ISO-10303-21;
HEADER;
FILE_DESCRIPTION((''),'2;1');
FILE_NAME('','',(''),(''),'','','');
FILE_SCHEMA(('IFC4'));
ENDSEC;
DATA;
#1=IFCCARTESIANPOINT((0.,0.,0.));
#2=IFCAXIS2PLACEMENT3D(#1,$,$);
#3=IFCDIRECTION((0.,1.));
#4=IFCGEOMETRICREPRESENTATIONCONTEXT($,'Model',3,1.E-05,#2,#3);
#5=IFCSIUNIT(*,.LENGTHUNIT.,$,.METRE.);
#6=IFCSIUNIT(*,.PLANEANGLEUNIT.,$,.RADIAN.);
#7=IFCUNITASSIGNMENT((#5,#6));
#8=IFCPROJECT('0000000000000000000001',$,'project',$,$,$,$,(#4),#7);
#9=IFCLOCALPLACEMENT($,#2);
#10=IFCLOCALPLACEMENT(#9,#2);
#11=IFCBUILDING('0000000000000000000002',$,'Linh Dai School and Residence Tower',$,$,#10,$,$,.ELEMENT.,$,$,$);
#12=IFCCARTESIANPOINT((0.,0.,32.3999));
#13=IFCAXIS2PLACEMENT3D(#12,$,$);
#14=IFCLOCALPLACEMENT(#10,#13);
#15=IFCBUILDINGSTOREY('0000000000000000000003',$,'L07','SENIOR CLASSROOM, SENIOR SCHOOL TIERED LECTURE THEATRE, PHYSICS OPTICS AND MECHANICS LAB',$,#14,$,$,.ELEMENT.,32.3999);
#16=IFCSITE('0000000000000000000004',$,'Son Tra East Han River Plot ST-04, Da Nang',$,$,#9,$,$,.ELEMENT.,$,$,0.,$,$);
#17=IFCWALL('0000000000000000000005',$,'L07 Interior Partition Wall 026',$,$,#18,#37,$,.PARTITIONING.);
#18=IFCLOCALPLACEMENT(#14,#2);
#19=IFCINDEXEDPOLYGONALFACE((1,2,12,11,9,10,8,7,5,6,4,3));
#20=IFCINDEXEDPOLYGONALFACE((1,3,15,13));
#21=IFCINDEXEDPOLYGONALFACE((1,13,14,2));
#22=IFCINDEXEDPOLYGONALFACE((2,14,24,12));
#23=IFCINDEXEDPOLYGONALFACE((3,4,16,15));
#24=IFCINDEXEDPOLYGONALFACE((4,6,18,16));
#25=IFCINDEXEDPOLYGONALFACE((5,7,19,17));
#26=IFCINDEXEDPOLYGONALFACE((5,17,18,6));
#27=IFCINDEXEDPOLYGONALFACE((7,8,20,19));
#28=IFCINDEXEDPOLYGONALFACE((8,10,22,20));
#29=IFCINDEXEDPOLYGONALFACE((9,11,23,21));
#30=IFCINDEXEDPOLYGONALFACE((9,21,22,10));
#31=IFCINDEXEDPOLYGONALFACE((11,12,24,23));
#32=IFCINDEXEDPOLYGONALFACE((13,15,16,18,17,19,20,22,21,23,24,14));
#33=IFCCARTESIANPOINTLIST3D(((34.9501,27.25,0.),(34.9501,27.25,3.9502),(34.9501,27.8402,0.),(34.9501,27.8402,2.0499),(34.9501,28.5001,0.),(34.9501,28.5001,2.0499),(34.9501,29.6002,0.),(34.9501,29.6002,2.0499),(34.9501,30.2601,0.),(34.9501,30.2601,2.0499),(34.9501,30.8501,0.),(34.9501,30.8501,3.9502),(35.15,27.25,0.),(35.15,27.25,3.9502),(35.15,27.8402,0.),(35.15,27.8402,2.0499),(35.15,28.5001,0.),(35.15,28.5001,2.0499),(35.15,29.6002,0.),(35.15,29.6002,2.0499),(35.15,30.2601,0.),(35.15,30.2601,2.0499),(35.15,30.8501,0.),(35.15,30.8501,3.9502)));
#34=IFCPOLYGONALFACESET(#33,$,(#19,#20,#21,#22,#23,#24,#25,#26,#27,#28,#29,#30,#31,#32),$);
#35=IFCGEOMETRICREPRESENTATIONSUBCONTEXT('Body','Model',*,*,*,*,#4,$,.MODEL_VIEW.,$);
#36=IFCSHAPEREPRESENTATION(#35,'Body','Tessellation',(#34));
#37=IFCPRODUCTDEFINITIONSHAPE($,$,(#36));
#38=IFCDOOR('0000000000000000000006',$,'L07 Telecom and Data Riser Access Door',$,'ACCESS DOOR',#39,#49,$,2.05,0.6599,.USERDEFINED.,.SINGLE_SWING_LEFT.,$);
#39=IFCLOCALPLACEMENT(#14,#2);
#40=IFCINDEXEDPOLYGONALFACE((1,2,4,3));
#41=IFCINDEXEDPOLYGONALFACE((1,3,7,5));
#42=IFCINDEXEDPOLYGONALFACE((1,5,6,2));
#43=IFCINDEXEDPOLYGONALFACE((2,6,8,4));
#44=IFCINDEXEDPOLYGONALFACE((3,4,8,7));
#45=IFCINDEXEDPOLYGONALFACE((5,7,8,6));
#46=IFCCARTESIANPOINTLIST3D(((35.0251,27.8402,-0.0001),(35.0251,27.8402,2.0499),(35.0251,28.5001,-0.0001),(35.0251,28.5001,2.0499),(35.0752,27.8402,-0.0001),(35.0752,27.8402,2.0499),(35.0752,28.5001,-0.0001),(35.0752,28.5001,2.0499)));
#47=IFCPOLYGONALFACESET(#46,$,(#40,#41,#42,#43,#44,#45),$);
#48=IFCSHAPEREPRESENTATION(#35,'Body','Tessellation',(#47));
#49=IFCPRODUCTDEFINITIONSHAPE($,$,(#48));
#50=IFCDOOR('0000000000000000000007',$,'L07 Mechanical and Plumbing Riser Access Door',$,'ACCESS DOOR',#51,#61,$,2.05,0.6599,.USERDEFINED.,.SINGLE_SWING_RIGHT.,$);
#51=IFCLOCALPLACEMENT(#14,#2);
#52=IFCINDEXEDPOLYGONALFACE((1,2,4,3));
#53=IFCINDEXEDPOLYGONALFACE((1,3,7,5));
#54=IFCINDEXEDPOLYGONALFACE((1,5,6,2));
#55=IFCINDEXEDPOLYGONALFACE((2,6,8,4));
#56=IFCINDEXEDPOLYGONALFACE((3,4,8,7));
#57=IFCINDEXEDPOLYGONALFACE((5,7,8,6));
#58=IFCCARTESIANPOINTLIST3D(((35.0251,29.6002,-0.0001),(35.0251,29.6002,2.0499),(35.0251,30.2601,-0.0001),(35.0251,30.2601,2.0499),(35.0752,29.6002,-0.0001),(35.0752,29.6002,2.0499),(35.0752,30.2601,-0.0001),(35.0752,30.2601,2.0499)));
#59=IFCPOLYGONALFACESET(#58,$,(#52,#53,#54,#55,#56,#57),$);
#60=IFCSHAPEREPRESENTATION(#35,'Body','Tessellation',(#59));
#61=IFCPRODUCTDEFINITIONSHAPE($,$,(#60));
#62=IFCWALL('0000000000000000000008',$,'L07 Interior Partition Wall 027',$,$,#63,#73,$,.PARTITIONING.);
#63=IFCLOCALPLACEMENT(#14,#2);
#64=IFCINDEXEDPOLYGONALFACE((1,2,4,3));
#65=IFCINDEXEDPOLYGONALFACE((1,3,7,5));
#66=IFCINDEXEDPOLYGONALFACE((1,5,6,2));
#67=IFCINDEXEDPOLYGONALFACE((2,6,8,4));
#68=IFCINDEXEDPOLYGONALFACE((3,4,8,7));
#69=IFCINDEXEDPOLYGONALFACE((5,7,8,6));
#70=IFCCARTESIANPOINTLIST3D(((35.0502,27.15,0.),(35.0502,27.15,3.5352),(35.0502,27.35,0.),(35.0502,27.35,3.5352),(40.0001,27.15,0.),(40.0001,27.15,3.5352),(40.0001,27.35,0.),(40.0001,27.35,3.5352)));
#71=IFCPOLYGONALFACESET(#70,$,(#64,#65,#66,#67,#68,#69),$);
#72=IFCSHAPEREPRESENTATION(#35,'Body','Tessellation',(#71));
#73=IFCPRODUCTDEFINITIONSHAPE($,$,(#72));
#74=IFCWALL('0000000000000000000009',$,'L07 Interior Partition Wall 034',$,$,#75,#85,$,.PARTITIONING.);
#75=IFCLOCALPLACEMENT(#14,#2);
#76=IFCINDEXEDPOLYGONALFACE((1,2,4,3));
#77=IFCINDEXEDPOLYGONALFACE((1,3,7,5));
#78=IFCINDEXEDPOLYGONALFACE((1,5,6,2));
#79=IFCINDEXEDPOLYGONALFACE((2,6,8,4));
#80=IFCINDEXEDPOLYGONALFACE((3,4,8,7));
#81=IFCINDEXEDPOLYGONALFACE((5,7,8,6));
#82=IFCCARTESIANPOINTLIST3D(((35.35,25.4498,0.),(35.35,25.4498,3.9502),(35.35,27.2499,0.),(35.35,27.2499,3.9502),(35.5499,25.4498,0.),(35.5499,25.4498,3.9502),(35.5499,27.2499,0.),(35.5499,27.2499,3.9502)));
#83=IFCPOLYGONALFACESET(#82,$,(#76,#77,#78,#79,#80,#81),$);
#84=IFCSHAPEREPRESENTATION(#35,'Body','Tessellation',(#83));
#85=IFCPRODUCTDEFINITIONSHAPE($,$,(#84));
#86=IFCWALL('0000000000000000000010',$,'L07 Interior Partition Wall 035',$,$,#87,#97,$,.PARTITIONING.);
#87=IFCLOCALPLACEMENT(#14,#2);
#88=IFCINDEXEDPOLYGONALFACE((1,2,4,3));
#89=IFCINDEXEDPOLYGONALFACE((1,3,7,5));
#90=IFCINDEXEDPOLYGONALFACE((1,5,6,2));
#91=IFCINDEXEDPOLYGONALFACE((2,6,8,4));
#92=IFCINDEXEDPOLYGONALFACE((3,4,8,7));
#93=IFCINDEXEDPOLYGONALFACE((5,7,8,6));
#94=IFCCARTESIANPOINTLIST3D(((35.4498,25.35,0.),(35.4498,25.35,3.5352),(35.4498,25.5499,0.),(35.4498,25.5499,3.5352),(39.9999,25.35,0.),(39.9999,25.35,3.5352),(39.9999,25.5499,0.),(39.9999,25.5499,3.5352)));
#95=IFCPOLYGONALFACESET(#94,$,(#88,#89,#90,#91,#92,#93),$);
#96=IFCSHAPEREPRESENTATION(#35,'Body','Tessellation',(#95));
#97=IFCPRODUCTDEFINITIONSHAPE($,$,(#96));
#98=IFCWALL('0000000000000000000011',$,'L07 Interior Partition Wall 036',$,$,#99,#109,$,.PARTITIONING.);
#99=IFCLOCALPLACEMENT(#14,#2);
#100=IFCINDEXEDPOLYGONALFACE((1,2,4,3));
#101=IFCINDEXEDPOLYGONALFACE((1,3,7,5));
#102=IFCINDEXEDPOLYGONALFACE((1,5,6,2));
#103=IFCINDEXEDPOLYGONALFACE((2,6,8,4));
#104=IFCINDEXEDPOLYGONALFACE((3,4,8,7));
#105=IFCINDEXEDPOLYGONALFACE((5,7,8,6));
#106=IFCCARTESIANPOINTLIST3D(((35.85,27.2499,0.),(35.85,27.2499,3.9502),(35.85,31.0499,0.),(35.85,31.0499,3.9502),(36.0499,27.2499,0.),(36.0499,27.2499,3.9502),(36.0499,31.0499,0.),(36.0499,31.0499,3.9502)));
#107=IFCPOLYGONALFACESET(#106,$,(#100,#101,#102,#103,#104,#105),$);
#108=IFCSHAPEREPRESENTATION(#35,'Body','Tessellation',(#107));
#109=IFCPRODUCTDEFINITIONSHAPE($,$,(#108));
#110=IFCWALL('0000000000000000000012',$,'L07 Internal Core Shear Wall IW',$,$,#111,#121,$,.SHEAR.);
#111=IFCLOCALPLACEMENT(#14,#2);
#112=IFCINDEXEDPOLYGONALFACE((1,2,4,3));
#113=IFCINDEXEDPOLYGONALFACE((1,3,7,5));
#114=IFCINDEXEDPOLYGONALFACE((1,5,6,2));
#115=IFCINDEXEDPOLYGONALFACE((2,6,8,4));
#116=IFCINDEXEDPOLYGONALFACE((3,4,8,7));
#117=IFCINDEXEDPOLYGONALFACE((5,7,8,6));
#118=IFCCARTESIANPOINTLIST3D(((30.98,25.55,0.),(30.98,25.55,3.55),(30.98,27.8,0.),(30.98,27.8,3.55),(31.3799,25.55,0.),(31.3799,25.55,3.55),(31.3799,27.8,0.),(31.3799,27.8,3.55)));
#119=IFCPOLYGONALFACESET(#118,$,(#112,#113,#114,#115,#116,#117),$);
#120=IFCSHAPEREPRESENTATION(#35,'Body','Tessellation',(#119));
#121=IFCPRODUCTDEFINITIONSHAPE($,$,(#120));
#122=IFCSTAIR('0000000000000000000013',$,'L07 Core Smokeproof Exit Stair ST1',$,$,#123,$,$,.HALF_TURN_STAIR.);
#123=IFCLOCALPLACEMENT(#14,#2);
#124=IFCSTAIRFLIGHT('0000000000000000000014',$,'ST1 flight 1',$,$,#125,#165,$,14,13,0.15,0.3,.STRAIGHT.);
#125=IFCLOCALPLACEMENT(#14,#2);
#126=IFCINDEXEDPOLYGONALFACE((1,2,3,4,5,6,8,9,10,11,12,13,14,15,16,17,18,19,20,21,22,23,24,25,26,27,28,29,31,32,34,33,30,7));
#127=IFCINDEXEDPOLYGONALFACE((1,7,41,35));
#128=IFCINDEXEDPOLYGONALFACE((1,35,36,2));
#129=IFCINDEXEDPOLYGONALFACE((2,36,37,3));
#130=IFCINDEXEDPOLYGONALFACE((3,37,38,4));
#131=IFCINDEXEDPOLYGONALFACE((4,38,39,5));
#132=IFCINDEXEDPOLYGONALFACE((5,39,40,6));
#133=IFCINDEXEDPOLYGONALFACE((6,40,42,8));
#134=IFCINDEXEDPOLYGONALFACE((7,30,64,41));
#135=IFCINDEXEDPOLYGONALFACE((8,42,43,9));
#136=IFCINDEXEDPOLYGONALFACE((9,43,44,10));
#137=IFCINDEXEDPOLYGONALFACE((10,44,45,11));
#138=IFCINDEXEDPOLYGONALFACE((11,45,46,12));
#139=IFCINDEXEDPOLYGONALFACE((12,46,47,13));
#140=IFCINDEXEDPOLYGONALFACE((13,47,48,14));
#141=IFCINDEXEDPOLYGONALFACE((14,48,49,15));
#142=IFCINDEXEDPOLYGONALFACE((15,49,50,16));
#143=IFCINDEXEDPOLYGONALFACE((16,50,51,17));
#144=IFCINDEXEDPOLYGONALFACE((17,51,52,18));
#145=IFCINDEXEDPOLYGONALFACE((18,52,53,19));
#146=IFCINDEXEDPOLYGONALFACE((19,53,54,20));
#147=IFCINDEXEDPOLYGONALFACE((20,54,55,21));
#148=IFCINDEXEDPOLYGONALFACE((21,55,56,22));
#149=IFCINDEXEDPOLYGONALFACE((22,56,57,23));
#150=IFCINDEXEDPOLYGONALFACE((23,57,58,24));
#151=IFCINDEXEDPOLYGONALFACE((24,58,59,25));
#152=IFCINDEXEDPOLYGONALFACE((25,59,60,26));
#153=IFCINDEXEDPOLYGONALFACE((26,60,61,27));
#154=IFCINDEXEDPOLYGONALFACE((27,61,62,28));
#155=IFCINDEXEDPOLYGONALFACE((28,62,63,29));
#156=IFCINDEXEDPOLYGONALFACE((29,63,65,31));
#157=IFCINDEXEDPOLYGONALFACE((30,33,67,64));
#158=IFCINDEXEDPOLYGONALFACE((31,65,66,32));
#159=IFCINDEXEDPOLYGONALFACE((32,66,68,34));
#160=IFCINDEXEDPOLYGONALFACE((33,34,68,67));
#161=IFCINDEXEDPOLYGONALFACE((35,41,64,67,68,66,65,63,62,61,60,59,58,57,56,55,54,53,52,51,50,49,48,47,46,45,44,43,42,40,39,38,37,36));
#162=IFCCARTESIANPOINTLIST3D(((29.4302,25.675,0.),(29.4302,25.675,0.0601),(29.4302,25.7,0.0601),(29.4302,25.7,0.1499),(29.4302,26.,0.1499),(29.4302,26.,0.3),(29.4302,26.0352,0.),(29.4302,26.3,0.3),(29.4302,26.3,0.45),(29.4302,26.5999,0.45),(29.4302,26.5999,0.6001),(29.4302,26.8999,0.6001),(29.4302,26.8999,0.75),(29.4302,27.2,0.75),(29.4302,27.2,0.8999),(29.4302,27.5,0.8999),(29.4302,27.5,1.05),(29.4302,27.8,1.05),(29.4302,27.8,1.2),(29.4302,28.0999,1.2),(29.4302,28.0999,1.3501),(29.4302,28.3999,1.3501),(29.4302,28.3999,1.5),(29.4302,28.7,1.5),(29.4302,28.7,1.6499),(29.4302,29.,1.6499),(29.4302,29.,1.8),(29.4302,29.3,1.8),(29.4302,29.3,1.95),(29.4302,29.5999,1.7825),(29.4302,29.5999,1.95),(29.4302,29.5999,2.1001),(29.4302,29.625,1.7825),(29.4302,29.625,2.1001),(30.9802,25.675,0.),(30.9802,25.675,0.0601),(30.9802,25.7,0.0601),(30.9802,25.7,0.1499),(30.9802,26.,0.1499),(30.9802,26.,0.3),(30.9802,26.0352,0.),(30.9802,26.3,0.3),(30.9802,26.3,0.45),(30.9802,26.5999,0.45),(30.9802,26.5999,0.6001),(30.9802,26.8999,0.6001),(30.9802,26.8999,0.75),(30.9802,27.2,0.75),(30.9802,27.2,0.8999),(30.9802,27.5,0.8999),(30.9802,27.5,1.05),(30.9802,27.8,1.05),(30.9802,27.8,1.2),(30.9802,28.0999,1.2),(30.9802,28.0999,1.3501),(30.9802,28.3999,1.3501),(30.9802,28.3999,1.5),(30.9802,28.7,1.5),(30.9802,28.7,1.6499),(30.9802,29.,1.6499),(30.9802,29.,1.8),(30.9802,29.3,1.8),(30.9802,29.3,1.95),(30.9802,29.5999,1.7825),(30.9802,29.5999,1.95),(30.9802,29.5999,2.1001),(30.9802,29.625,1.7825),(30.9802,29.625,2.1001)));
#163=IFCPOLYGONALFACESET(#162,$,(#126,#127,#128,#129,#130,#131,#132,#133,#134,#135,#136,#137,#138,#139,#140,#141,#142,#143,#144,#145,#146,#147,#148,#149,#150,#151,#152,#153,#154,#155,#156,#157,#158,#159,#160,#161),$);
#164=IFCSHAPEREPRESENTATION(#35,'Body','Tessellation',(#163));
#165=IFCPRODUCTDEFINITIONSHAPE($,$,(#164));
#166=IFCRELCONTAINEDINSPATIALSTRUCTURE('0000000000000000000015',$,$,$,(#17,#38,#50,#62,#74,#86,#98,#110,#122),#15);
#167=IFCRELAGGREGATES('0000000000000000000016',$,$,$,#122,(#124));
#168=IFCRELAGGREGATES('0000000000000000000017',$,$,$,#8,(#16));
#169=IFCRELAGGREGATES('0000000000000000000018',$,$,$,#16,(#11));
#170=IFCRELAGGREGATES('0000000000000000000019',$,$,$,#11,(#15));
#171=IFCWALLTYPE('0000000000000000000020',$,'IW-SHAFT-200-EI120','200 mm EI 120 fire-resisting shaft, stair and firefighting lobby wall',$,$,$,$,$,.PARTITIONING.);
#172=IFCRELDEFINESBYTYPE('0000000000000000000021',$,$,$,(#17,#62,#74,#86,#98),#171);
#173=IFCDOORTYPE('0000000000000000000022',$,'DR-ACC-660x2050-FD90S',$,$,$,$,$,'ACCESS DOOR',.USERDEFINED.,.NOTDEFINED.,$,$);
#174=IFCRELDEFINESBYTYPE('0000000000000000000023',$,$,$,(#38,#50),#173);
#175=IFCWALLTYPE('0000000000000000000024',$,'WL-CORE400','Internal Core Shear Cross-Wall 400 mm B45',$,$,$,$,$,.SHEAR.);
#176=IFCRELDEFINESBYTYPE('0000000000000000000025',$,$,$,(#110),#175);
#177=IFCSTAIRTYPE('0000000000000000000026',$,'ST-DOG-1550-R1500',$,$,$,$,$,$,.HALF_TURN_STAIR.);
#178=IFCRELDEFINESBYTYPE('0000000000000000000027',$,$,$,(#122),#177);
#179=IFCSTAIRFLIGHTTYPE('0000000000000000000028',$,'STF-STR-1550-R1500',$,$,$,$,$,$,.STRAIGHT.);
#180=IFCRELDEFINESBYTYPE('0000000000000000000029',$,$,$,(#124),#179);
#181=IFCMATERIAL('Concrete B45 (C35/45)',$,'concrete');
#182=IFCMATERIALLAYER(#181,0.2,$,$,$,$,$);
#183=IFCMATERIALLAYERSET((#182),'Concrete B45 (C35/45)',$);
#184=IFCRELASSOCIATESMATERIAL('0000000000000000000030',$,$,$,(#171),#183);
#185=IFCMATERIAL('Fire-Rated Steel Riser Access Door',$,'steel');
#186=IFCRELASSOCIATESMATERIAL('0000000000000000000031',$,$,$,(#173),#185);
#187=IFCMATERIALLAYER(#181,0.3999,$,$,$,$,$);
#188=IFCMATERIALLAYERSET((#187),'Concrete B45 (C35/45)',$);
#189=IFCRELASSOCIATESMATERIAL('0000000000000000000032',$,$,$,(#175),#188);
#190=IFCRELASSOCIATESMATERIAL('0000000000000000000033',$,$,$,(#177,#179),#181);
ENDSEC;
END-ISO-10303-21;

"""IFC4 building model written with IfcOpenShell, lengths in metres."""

from ifc_helpers import new_model, si_unit, direction, frame, frame_2d, origin, origin_2d, place, context, subcontext, project, spatial, polyline, rectangle, outline, extrude, source, transform, mapped, material, layer, layer_set, type_object, element, fill, aggregate, save


model = new_model("IFC4")

# Units and contexts
model_context = context("Model", 3, precision=1e-05, world=origin(), true_north=direction((0.0, 1.0)))
body_context = subcontext(model_context, "Body", "Model", "MODEL_VIEW")
ifc_project = project(units=[si_unit("LENGTHUNIT", "METRE"), si_unit("PLANEANGLEUNIT", "RADIAN")], contexts=[model_context])

# Site, building, storey
site_placement = place(None, origin())
site = spatial("IfcSite", under=ifc_project, at=site_placement, Name="Son Tra East Han River Plot ST-04, Da Nang", CompositionType="ELEMENT", RefElevation=0.0)
building_placement = place(site_placement, origin())
building = spatial("IfcBuilding", under=site, at=building_placement, Name="Linh Dai School and Residence Tower", CompositionType="ELEMENT")
storey_placement = place(building_placement, frame((0.0, 0.0, 32.3999)))
storey = spatial("IfcBuildingStorey", under=building, at=storey_placement, Name="L07", Description="SENIOR CLASSROOM, SENIOR SCHOOL TIERED LECTURE THEATRE, PHYSICS OPTICS AND MECHANICS LAB", CompositionType="ELEMENT", Elevation=32.3999)

# Shared definitions
ifc_material_1 = material(Name="Concrete B45 (C35/45)", Category="concrete")
ifc_layer_1 = layer(ifc_material_1, 0.2)
ifc_layer_set_1 = layer_set([ifc_layer_1], Name="Concrete B45 (C35/45)")
wall_type_1 = type_object("IfcWallType", Name="IW-SHAFT-200-EI120", Description="200 mm EI 120 fire-resisting shaft, stair and firefighting lobby wall", PredefinedType="PARTITIONING", material=ifc_layer_set_1)

# Wall, openings, doors
wall_1_placement = place(storey_placement, frame((35.05, 27.25, 0.0), z_axis=(0.0, 0.0, 1.0), x_axis=(0.0, 1.0, 0.0)))
wall_1 = element("IfcWall", 1, at=wall_1_placement, inside=storey, type_object=wall_type_1, Name="L07 Interior Partition Wall 026", PredefinedType="PARTITIONING", context=body_context, shape_type="SweptSolid", body=[
    extrude(rectangle(XDim=3.6001, YDim=0.2, at=frame_2d((1.8, 0.0))), origin(), (0.0, 0.0, 1.0), 3.9502),
])
opening_1_placement = place(wall_1_placement, frame((0.5901, 0.0, 0.0)))
opening_1 = element("IfcOpeningElement", 2, at=opening_1_placement, cuts=wall_1, PredefinedType="OPENING", context=body_context, shape_type="SweptSolid", body=[
    extrude(rectangle(XDim=0.6599, YDim=2.05, at=origin_2d()), frame((0.3301, 0.1099, 1.0249), z_axis=(0.0, -1.0, 0.0), x_axis=(1.0, 0.0, 0.0)), (0.0, 0.0, 1.0), 0.22),
])
opening_2_placement = place(wall_1_placement, frame((2.3501, 0.0, 0.0)))
opening_2 = element("IfcOpeningElement", 3, at=opening_2_placement, cuts=wall_1, PredefinedType="OPENING", context=body_context, shape_type="SweptSolid", body=[
    extrude(rectangle(XDim=0.6599, YDim=2.05, at=origin_2d()), frame((0.3301, 0.1099, 1.0249), z_axis=(0.0, -1.0, 0.0), x_axis=(1.0, 0.0, 0.0)), (0.0, 0.0, 1.0), 0.22),
])
ifc_material_2 = material(Name="Fire-Rated Steel Riser Access Door", Category="steel")
door_type_1 = type_object("IfcDoorType", Name="DR-ACC-660x2050-FD90S", ElementType="ACCESS DOOR", OperationType="NOTDEFINED", PredefinedType="USERDEFINED", material=ifc_material_2)
shared_shape_1 = source(origin(), body_context, "Body", "SweptSolid", [
    extrude(rectangle(XDim=0.6599, YDim=2.05, at=origin_2d()), frame((0.3301, 0.0249, 1.0249), z_axis=(0.0, -1.0, 0.0), x_axis=(1.0, 0.0, 0.0)), (0.0, 0.0, 1.0), 0.05),
])
door_1_placement = place(opening_1_placement, origin())
door_1 = element("IfcDoor", 4, at=door_1_placement, inside=storey, type_object=door_type_1, Name="L07 Telecom and Data Riser Access Door", ObjectType="ACCESS DOOR", OperationType="SINGLE_SWING_LEFT", OverallHeight=2.05, OverallWidth=0.6599, PredefinedType="USERDEFINED", context=body_context, shape_type="MappedRepresentation", body=[
    mapped(shared_shape_1, transform((0.0, 0.0, 0.0), x_axis=(1.0, 0.0, 0.0), y_axis=(0.0, 1.0, 0.0), z_axis=(0.0, 0.0, 1.0), scale=1.0)),
])
fill(opening_1, door_1)
door_2_placement = place(opening_2_placement, origin())
door_2 = element("IfcDoor", 5, at=door_2_placement, inside=storey, type_object=door_type_1, Name="L07 Mechanical and Plumbing Riser Access Door", ObjectType="ACCESS DOOR", OperationType="SINGLE_SWING_RIGHT", OverallHeight=2.05, OverallWidth=0.6599, PredefinedType="USERDEFINED", context=body_context, shape_type="MappedRepresentation", body=[
    mapped(shared_shape_1, transform((0.0, 0.0, 0.0), x_axis=(1.0, 0.0, 0.0), y_axis=(0.0, 1.0, 0.0), z_axis=(0.0, 0.0, 1.0), scale=1.0)),
])
fill(opening_2, door_2)

# Walls
wall_2_placement = place(storey_placement, frame((35.05, 27.25, 0.0), z_axis=(0.0, 0.0, 1.0), x_axis=(1.0, 0.0, 0.0)))
element("IfcWall", 6, at=wall_2_placement, inside=storey, type_object=wall_type_1, Name="L07 Interior Partition Wall 027", PredefinedType="PARTITIONING", context=body_context, shape_type="SweptSolid", body=[
    extrude(rectangle(XDim=4.95, YDim=0.2, at=frame_2d((2.4751, 0.0))), origin(), (0.0, 0.0, 1.0), 3.5352),
])
wall_3_placement = place(storey_placement, frame((35.45, 25.45, 0.0), z_axis=(0.0, 0.0, 1.0), x_axis=(0.0, 1.0, 0.0)))
element("IfcWall", 7, at=wall_3_placement, inside=storey, type_object=wall_type_1, Name="L07 Interior Partition Wall 034", PredefinedType="PARTITIONING", context=body_context, shape_type="SweptSolid", body=[
    extrude(rectangle(XDim=1.8, YDim=0.2, at=frame_2d((0.8999, 0.0))), origin(), (0.0, 0.0, 1.0), 3.9502),
])
wall_4_placement = place(storey_placement, frame((35.45, 25.45, 0.0), z_axis=(0.0, 0.0, 1.0), x_axis=(1.0, 0.0, 0.0)))
element("IfcWall", 8, at=wall_4_placement, inside=storey, type_object=wall_type_1, Name="L07 Interior Partition Wall 035", PredefinedType="PARTITIONING", context=body_context, shape_type="SweptSolid", body=[
    extrude(rectangle(XDim=4.55, YDim=0.2, at=frame_2d((2.2749, 0.0))), origin(), (0.0, 0.0, 1.0), 3.5352),
])
wall_5_placement = place(storey_placement, frame((35.95, 27.25, 0.0), z_axis=(0.0, 0.0, 1.0), x_axis=(0.0, 1.0, 0.0)))
element("IfcWall", 9, at=wall_5_placement, inside=storey, type_object=wall_type_1, Name="L07 Interior Partition Wall 036", PredefinedType="PARTITIONING", context=body_context, shape_type="SweptSolid", body=[
    extrude(rectangle(XDim=3.8, YDim=0.2, at=frame_2d((1.8999, 0.0))), origin(), (0.0, 0.0, 1.0), 3.9502),
])
ifc_layer_2 = layer(ifc_material_1, 0.3999)
ifc_layer_set_2 = layer_set([ifc_layer_2], Name="Concrete B45 (C35/45)")
wall_type_2 = type_object("IfcWallType", Name="WL-CORE400", Description="Internal Core Shear Cross-Wall 400 mm B45", PredefinedType="SHEAR", material=ifc_layer_set_2)
wall_6_placement = place(storey_placement, frame((31.1799, 25.55, 0.0), z_axis=(0.0, 0.0, 1.0), x_axis=(0.0, 1.0, 0.0)))
element("IfcWall", 10, at=wall_6_placement, inside=storey, type_object=wall_type_2, Name="L07 Internal Core Shear Wall IW", PredefinedType="SHEAR", context=body_context, shape_type="SweptSolid", body=[
    extrude(rectangle(XDim=2.25, YDim=0.3999, at=frame_2d((1.125, 0.0))), origin(), (0.0, 0.0, 1.0), 3.55),
])

# Stair, stair flight
stair_type = type_object("IfcStairType", Name="ST-DOG-1550-R1500", PredefinedType="HALF_TURN_STAIR", material=ifc_material_1)
stair_placement = place(storey_placement, origin())
stair = element("IfcStair", 11, at=stair_placement, inside=storey, type_object=stair_type, Name="L07 Core Smokeproof Exit Stair ST1", PredefinedType="HALF_TURN_STAIR")
stair_flight_type = type_object("IfcStairFlightType", Name="STF-STR-1550-R1500", PredefinedType="STRAIGHT", material=ifc_material_1)
shared_shape_2 = source(origin(), body_context, "Body", "SweptSolid", [
    extrude(outline(polyline([(-0.0249, 0.0), (-0.0249, 0.0601), (0.0, 0.0601), (0.0, 0.1499), (0.3, 0.1499), (0.3, 0.3), (0.6001, 0.3), (0.6001, 0.45), (0.8999, 0.45), (0.8999, 0.6001), (1.2, 0.6001), (1.2, 0.75), (1.5, 0.75), (1.5, 0.8999), (1.8, 0.8999), (1.8, 1.05), (2.1001, 1.05), (2.1001, 1.2), (2.3999, 1.2), (2.3999, 1.3501), (2.7, 1.3501), (2.7, 1.5), (3.0, 1.5), (3.0, 1.6499), (3.3, 1.6499), (3.3, 1.8), (3.6001, 1.8), (3.6001, 1.95), (3.8999, 1.95), (3.8999, 2.1001), (3.925, 2.1001), (3.925, 1.7825), (3.8999, 1.7825), (0.3352, 0.0), (-0.0249, 0.0)])), frame((0.0, 0.7749, 0.0), z_axis=(0.0, -1.0, 0.0), x_axis=(1.0, 0.0, 0.0)), (0.0, 0.0, 1.0), 1.55),
])
stair_flight_placement = place(storey_placement, frame((30.2051, 25.7, 0.0), z_axis=(0.0, 0.0, 1.0), x_axis=(0.0, 1.0, 0.0)))
stair_flight = element("IfcStairFlight", 12, at=stair_flight_placement, type_object=stair_flight_type, Name="ST1 flight 1", NumberOfRisers=14, NumberOfTreads=13, PredefinedType="STRAIGHT", RiserHeight=0.15, TreadLength=0.3, context=body_context, shape_type="MappedRepresentation", body=[
    mapped(shared_shape_2, transform((0.0, 0.0, 0.0), x_axis=(1.0, 0.0, 0.0), y_axis=(0.0, 1.0, 0.0), z_axis=(0.0, 0.0, 1.0), scale=1.0)),
])
aggregate(stair, [stair_flight])

save(model, "model.ifc")
